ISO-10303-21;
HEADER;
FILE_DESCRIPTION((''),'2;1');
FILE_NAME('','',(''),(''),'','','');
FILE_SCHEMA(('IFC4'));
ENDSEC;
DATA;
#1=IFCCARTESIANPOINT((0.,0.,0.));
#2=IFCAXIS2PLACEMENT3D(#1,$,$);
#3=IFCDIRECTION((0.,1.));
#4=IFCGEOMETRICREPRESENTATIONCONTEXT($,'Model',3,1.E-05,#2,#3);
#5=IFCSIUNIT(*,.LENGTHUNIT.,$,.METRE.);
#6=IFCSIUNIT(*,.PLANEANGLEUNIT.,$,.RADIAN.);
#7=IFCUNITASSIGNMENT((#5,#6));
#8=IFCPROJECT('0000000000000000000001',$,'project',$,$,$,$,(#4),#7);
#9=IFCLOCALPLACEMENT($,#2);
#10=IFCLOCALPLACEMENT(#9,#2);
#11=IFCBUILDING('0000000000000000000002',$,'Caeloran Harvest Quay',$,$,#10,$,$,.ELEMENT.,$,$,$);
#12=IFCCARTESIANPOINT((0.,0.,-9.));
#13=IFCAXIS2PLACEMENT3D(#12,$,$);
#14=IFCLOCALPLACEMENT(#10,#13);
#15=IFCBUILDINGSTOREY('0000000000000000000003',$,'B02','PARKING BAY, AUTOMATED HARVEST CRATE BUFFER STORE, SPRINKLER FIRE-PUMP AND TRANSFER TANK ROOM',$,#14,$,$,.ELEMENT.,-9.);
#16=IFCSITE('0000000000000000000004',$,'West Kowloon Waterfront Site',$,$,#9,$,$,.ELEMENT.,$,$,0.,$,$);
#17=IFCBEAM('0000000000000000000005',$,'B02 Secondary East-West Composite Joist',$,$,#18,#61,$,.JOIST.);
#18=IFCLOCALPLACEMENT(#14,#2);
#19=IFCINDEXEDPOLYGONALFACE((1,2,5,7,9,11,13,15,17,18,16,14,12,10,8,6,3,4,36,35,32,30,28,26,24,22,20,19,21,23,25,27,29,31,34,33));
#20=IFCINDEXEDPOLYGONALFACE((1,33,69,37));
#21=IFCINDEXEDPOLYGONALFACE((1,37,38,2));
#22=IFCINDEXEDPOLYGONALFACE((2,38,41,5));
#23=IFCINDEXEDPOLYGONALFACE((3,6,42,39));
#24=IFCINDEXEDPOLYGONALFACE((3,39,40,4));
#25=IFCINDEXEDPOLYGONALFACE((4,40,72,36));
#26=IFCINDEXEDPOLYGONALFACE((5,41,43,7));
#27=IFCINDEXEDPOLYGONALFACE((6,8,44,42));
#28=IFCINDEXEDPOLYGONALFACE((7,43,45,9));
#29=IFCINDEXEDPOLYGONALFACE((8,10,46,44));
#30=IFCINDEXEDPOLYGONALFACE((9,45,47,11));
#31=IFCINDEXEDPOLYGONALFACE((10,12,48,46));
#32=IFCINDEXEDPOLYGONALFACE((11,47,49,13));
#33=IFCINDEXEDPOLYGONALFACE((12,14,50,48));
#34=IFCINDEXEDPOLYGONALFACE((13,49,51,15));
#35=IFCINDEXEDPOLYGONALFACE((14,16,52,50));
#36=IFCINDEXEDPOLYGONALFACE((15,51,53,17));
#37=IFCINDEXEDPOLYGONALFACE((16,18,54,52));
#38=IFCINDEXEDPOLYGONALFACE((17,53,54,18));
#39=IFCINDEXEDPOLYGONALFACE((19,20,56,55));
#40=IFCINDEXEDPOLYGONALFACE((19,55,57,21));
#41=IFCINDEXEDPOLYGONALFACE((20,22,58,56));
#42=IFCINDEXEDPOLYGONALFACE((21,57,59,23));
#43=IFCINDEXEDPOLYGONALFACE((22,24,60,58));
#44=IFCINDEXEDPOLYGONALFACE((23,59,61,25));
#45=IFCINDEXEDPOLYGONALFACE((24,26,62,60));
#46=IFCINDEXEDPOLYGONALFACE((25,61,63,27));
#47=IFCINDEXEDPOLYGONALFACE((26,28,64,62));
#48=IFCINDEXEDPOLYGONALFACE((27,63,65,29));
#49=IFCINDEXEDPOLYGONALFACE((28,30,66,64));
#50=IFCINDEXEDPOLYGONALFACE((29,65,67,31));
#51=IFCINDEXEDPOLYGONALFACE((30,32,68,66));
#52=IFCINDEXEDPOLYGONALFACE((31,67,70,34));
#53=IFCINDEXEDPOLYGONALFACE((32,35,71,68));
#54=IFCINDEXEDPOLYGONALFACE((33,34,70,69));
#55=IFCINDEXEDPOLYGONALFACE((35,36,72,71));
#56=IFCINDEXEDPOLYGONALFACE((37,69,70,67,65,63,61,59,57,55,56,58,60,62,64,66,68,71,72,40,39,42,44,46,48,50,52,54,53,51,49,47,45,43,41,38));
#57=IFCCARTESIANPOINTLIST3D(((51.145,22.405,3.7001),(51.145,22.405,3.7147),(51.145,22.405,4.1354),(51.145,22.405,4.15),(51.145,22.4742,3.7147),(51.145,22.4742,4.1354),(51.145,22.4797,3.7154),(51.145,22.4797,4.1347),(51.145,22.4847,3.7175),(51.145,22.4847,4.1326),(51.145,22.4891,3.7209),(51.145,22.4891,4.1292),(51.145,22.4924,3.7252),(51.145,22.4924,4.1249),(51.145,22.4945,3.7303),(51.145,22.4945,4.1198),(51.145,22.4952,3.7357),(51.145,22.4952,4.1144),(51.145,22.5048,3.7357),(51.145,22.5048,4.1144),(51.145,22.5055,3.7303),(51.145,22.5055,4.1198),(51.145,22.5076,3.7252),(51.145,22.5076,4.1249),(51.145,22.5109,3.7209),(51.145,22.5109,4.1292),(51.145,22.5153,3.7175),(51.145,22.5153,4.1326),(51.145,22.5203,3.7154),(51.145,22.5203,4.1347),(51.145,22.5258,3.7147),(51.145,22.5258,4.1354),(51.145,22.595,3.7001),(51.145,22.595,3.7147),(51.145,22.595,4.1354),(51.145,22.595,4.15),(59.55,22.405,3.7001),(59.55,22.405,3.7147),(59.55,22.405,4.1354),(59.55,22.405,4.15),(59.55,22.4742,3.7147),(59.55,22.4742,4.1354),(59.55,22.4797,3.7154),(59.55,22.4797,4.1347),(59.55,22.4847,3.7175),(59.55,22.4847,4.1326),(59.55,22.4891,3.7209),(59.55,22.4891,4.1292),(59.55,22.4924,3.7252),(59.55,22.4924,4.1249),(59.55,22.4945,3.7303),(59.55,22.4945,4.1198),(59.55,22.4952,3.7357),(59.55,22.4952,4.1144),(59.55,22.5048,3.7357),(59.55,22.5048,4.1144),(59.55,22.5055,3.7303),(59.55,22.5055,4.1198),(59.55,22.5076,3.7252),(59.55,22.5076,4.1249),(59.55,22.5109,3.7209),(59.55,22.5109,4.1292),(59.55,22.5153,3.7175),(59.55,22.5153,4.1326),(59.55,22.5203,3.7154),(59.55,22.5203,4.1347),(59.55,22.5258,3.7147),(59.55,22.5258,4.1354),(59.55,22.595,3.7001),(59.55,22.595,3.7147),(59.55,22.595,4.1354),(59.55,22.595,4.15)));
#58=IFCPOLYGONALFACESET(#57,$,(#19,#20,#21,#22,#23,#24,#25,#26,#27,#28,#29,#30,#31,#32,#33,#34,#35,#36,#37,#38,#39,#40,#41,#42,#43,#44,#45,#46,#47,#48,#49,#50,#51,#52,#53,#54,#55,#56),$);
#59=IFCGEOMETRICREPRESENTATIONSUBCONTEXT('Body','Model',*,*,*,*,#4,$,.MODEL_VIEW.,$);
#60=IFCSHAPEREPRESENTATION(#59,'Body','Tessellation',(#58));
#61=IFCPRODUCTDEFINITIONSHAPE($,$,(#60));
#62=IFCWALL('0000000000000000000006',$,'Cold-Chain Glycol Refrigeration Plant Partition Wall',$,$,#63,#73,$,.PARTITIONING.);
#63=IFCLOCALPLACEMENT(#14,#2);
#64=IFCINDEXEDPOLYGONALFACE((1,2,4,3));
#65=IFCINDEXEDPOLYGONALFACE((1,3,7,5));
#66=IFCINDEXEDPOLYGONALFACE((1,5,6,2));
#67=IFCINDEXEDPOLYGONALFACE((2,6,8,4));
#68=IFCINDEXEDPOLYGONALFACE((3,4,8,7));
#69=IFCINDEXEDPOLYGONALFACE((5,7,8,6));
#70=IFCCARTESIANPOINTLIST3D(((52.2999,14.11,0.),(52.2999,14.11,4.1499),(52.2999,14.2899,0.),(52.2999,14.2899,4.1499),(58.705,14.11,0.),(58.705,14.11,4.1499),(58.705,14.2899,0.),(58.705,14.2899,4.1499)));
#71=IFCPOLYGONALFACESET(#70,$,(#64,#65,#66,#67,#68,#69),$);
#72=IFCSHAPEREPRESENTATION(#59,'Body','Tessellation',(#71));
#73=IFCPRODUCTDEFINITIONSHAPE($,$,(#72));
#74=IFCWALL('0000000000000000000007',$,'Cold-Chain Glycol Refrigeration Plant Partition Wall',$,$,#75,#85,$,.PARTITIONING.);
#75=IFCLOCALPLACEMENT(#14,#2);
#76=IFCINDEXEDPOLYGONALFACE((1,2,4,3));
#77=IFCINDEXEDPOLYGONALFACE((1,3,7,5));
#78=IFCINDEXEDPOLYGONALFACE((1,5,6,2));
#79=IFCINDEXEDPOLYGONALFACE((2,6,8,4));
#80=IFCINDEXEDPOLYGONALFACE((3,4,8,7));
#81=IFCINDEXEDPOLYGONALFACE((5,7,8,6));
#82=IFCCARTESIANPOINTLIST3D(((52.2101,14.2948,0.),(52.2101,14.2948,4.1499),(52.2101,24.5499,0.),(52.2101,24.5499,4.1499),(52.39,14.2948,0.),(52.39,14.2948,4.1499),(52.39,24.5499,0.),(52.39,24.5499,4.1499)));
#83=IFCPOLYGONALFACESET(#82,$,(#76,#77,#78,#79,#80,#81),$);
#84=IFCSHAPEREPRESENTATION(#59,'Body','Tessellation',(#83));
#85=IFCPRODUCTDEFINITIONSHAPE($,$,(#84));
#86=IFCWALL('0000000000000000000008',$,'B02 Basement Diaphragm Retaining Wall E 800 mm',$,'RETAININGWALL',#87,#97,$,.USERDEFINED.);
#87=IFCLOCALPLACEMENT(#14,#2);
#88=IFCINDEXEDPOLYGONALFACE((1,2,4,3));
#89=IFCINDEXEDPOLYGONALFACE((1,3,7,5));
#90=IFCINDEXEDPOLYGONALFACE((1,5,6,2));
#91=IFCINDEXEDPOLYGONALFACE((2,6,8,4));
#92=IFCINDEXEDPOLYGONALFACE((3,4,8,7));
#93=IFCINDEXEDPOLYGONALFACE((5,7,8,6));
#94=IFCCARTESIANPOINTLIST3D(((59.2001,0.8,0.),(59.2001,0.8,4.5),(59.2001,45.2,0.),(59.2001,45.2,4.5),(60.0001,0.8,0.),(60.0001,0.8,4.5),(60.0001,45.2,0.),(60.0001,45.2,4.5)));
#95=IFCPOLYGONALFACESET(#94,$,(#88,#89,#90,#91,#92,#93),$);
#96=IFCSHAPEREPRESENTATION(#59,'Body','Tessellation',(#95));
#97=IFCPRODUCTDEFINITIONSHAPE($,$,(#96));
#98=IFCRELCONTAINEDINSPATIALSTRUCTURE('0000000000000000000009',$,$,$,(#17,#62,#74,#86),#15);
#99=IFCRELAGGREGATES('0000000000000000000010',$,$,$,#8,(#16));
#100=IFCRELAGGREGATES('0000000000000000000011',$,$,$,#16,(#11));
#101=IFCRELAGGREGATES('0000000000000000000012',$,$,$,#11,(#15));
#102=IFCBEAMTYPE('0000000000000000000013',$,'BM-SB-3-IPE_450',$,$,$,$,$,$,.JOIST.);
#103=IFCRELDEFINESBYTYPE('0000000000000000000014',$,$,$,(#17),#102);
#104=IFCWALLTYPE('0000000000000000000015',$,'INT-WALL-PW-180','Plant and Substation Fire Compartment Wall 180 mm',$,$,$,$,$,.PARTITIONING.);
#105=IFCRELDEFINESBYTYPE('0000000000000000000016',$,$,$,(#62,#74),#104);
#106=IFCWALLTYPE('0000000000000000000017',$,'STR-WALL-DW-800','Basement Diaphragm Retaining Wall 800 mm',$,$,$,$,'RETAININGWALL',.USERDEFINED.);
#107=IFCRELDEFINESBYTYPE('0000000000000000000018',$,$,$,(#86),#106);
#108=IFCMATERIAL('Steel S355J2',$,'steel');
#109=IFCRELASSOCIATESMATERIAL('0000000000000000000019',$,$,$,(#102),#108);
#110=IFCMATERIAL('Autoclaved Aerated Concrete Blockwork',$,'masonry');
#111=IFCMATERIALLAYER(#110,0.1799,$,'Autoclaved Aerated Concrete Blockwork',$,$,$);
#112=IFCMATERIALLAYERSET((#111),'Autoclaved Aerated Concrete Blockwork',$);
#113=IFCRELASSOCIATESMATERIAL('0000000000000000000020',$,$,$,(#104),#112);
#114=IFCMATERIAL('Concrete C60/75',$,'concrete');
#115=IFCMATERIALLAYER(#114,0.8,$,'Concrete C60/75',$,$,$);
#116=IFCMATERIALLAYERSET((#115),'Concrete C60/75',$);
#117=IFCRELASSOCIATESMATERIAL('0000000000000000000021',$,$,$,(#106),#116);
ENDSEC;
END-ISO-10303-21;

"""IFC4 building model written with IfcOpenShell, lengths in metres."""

from ifc_helpers import new_model, si_unit, direction, frame, frame_2d, origin, origin_2d, place, context, subcontext, project, spatial, rectangle, i_section, extrude, material, layer, layer_set, material_profile, profile_set, type_object, element, save


model = new_model("IFC4")

# Units and contexts
model_context = context("Model", 3, precision=1e-05, world=origin(), true_north=direction((0.0, 1.0)))
body_context = subcontext(model_context, "Body", "Model", "MODEL_VIEW")
ifc_project = project(units=[si_unit("LENGTHUNIT", "METRE"), si_unit("PLANEANGLEUNIT", "RADIAN")], contexts=[model_context])

# Site, building, storey
site_placement = place(None, origin())
site = spatial("IfcSite", under=ifc_project, at=site_placement, Name="West Kowloon Waterfront Site", CompositionType="ELEMENT", RefElevation=0.0)
building_placement = place(site_placement, origin())
building = spatial("IfcBuilding", under=site, at=building_placement, Name="Caeloran Harvest Quay", CompositionType="ELEMENT")
storey_placement = place(building_placement, frame((0.0, 0.0, -9.0)))
storey = spatial("IfcBuildingStorey", under=building, at=storey_placement, Name="B02", Description="PARKING BAY, AUTOMATED HARVEST CRATE BUFFER STORE, SPRINKLER FIRE-PUMP AND TRANSFER TANK ROOM", CompositionType="ELEMENT", Elevation=-9.0)

# Shared definitions
ifc_material_1 = material(Name="Concrete C60/75", Category="concrete")

# Beam
ifc_material_2 = material(Name="Steel S355J2", Category="steel")
ifc_material_profile_1 = material_profile(ifc_material_2, i_section(OverallWidth=0.1899, OverallDepth=0.45, WebThickness=0.0095, FlangeThickness=0.0146, FilletRadius=0.021, at=origin_2d()), Name="IPE 450")
ifc_profile_set_1 = profile_set([ifc_material_profile_1], Name="Steel S355J2")
beam_type_1 = type_object("IfcBeamType", Name="BM-SB-3-IPE_450", PredefinedType="JOIST", material=ifc_profile_set_1)
for number, where, z_axis, x_axis, name in (
    (1, (51.145, 22.5, 3.925), (1.0, 0.0, 0.0), (0.0, 1.0, 0.0), "B02 Secondary East-West Composite Joist"),
):
    element("IfcBeam", number, at=place(storey_placement, frame(where, z_axis=z_axis, x_axis=x_axis)), inside=storey, type_object=beam_type_1, Name=name, PredefinedType="JOIST", context=body_context, shape_type="SweptSolid", body=[
        extrude(i_section(OverallWidth=0.1899, OverallDepth=0.45, WebThickness=0.0095, FlangeThickness=0.0146, FilletRadius=0.021, at=origin_2d()), origin(), (0.0, 0.0, 1.0), 8.405),
    ])

# Walls
ifc_material_3 = material(Name="Autoclaved Aerated Concrete Blockwork", Category="masonry")
ifc_layer_1 = layer(ifc_material_3, 0.1799, Name="Autoclaved Aerated Concrete Blockwork")
ifc_layer_set_1 = layer_set([ifc_layer_1], Name="Autoclaved Aerated Concrete Blockwork")
wall_type_1 = type_object("IfcWallType", Name="INT-WALL-PW-180", Description="Plant and Substation Fire Compartment Wall 180 mm", PredefinedType="PARTITIONING", material=ifc_layer_set_1)
wall_1_placement = place(storey_placement, frame((58.7051, 14.2, 0.0), z_axis=(0.0, 0.0, 1.0), x_axis=(-1.0, 0.0, 0.0)))
element("IfcWall", 2, at=wall_1_placement, inside=storey, type_object=wall_type_1, Name="Cold-Chain Glycol Refrigeration Plant Partition Wall", PredefinedType="PARTITIONING", context=body_context, shape_type="SweptSolid", body=[
    extrude(rectangle(XDim=6.405, YDim=0.1799, at=frame_2d((3.2026, 0.0))), origin(), (0.0, 0.0, 1.0), 4.1499),
])
wall_2_placement = place(storey_placement, frame((52.3, 14.2949, 0.0), z_axis=(0.0, 0.0, 1.0), x_axis=(0.0, 1.0, 0.0)))
element("IfcWall", 3, at=wall_2_placement, inside=storey, type_object=wall_type_1, Name="Cold-Chain Glycol Refrigeration Plant Partition Wall", PredefinedType="PARTITIONING", context=body_context, shape_type="SweptSolid", body=[
    extrude(rectangle(XDim=10.2551, YDim=0.1799, at=frame_2d((5.1274, 0.0))), origin(), (0.0, 0.0, 1.0), 4.1499),
])
ifc_layer_2 = layer(ifc_material_1, 0.8, Name="Concrete C60/75")
ifc_layer_set_2 = layer_set([ifc_layer_2], Name="Concrete C60/75")
wall_type_2 = type_object("IfcWallType", Name="STR-WALL-DW-800", Description="Basement Diaphragm Retaining Wall 800 mm", ElementType="RETAININGWALL", PredefinedType="USERDEFINED", material=ifc_layer_set_2)
wall_3_placement = place(storey_placement, frame((59.6001, 0.8, 0.0), z_axis=(0.0, 0.0, 1.0), x_axis=(0.0, 1.0, 0.0)))
element("IfcWall", 4, at=wall_3_placement, inside=storey, type_object=wall_type_2, Name="B02 Basement Diaphragm Retaining Wall E 800 mm", ObjectType="RETAININGWALL", PredefinedType="USERDEFINED", context=body_context, shape_type="SweptSolid", body=[
    extrude(rectangle(XDim=44.3999, YDim=0.8, at=frame_2d((22.2, 0.0))), origin(), (0.0, 0.0, 1.0), 4.5),
])

save(model, "model.ifc")
